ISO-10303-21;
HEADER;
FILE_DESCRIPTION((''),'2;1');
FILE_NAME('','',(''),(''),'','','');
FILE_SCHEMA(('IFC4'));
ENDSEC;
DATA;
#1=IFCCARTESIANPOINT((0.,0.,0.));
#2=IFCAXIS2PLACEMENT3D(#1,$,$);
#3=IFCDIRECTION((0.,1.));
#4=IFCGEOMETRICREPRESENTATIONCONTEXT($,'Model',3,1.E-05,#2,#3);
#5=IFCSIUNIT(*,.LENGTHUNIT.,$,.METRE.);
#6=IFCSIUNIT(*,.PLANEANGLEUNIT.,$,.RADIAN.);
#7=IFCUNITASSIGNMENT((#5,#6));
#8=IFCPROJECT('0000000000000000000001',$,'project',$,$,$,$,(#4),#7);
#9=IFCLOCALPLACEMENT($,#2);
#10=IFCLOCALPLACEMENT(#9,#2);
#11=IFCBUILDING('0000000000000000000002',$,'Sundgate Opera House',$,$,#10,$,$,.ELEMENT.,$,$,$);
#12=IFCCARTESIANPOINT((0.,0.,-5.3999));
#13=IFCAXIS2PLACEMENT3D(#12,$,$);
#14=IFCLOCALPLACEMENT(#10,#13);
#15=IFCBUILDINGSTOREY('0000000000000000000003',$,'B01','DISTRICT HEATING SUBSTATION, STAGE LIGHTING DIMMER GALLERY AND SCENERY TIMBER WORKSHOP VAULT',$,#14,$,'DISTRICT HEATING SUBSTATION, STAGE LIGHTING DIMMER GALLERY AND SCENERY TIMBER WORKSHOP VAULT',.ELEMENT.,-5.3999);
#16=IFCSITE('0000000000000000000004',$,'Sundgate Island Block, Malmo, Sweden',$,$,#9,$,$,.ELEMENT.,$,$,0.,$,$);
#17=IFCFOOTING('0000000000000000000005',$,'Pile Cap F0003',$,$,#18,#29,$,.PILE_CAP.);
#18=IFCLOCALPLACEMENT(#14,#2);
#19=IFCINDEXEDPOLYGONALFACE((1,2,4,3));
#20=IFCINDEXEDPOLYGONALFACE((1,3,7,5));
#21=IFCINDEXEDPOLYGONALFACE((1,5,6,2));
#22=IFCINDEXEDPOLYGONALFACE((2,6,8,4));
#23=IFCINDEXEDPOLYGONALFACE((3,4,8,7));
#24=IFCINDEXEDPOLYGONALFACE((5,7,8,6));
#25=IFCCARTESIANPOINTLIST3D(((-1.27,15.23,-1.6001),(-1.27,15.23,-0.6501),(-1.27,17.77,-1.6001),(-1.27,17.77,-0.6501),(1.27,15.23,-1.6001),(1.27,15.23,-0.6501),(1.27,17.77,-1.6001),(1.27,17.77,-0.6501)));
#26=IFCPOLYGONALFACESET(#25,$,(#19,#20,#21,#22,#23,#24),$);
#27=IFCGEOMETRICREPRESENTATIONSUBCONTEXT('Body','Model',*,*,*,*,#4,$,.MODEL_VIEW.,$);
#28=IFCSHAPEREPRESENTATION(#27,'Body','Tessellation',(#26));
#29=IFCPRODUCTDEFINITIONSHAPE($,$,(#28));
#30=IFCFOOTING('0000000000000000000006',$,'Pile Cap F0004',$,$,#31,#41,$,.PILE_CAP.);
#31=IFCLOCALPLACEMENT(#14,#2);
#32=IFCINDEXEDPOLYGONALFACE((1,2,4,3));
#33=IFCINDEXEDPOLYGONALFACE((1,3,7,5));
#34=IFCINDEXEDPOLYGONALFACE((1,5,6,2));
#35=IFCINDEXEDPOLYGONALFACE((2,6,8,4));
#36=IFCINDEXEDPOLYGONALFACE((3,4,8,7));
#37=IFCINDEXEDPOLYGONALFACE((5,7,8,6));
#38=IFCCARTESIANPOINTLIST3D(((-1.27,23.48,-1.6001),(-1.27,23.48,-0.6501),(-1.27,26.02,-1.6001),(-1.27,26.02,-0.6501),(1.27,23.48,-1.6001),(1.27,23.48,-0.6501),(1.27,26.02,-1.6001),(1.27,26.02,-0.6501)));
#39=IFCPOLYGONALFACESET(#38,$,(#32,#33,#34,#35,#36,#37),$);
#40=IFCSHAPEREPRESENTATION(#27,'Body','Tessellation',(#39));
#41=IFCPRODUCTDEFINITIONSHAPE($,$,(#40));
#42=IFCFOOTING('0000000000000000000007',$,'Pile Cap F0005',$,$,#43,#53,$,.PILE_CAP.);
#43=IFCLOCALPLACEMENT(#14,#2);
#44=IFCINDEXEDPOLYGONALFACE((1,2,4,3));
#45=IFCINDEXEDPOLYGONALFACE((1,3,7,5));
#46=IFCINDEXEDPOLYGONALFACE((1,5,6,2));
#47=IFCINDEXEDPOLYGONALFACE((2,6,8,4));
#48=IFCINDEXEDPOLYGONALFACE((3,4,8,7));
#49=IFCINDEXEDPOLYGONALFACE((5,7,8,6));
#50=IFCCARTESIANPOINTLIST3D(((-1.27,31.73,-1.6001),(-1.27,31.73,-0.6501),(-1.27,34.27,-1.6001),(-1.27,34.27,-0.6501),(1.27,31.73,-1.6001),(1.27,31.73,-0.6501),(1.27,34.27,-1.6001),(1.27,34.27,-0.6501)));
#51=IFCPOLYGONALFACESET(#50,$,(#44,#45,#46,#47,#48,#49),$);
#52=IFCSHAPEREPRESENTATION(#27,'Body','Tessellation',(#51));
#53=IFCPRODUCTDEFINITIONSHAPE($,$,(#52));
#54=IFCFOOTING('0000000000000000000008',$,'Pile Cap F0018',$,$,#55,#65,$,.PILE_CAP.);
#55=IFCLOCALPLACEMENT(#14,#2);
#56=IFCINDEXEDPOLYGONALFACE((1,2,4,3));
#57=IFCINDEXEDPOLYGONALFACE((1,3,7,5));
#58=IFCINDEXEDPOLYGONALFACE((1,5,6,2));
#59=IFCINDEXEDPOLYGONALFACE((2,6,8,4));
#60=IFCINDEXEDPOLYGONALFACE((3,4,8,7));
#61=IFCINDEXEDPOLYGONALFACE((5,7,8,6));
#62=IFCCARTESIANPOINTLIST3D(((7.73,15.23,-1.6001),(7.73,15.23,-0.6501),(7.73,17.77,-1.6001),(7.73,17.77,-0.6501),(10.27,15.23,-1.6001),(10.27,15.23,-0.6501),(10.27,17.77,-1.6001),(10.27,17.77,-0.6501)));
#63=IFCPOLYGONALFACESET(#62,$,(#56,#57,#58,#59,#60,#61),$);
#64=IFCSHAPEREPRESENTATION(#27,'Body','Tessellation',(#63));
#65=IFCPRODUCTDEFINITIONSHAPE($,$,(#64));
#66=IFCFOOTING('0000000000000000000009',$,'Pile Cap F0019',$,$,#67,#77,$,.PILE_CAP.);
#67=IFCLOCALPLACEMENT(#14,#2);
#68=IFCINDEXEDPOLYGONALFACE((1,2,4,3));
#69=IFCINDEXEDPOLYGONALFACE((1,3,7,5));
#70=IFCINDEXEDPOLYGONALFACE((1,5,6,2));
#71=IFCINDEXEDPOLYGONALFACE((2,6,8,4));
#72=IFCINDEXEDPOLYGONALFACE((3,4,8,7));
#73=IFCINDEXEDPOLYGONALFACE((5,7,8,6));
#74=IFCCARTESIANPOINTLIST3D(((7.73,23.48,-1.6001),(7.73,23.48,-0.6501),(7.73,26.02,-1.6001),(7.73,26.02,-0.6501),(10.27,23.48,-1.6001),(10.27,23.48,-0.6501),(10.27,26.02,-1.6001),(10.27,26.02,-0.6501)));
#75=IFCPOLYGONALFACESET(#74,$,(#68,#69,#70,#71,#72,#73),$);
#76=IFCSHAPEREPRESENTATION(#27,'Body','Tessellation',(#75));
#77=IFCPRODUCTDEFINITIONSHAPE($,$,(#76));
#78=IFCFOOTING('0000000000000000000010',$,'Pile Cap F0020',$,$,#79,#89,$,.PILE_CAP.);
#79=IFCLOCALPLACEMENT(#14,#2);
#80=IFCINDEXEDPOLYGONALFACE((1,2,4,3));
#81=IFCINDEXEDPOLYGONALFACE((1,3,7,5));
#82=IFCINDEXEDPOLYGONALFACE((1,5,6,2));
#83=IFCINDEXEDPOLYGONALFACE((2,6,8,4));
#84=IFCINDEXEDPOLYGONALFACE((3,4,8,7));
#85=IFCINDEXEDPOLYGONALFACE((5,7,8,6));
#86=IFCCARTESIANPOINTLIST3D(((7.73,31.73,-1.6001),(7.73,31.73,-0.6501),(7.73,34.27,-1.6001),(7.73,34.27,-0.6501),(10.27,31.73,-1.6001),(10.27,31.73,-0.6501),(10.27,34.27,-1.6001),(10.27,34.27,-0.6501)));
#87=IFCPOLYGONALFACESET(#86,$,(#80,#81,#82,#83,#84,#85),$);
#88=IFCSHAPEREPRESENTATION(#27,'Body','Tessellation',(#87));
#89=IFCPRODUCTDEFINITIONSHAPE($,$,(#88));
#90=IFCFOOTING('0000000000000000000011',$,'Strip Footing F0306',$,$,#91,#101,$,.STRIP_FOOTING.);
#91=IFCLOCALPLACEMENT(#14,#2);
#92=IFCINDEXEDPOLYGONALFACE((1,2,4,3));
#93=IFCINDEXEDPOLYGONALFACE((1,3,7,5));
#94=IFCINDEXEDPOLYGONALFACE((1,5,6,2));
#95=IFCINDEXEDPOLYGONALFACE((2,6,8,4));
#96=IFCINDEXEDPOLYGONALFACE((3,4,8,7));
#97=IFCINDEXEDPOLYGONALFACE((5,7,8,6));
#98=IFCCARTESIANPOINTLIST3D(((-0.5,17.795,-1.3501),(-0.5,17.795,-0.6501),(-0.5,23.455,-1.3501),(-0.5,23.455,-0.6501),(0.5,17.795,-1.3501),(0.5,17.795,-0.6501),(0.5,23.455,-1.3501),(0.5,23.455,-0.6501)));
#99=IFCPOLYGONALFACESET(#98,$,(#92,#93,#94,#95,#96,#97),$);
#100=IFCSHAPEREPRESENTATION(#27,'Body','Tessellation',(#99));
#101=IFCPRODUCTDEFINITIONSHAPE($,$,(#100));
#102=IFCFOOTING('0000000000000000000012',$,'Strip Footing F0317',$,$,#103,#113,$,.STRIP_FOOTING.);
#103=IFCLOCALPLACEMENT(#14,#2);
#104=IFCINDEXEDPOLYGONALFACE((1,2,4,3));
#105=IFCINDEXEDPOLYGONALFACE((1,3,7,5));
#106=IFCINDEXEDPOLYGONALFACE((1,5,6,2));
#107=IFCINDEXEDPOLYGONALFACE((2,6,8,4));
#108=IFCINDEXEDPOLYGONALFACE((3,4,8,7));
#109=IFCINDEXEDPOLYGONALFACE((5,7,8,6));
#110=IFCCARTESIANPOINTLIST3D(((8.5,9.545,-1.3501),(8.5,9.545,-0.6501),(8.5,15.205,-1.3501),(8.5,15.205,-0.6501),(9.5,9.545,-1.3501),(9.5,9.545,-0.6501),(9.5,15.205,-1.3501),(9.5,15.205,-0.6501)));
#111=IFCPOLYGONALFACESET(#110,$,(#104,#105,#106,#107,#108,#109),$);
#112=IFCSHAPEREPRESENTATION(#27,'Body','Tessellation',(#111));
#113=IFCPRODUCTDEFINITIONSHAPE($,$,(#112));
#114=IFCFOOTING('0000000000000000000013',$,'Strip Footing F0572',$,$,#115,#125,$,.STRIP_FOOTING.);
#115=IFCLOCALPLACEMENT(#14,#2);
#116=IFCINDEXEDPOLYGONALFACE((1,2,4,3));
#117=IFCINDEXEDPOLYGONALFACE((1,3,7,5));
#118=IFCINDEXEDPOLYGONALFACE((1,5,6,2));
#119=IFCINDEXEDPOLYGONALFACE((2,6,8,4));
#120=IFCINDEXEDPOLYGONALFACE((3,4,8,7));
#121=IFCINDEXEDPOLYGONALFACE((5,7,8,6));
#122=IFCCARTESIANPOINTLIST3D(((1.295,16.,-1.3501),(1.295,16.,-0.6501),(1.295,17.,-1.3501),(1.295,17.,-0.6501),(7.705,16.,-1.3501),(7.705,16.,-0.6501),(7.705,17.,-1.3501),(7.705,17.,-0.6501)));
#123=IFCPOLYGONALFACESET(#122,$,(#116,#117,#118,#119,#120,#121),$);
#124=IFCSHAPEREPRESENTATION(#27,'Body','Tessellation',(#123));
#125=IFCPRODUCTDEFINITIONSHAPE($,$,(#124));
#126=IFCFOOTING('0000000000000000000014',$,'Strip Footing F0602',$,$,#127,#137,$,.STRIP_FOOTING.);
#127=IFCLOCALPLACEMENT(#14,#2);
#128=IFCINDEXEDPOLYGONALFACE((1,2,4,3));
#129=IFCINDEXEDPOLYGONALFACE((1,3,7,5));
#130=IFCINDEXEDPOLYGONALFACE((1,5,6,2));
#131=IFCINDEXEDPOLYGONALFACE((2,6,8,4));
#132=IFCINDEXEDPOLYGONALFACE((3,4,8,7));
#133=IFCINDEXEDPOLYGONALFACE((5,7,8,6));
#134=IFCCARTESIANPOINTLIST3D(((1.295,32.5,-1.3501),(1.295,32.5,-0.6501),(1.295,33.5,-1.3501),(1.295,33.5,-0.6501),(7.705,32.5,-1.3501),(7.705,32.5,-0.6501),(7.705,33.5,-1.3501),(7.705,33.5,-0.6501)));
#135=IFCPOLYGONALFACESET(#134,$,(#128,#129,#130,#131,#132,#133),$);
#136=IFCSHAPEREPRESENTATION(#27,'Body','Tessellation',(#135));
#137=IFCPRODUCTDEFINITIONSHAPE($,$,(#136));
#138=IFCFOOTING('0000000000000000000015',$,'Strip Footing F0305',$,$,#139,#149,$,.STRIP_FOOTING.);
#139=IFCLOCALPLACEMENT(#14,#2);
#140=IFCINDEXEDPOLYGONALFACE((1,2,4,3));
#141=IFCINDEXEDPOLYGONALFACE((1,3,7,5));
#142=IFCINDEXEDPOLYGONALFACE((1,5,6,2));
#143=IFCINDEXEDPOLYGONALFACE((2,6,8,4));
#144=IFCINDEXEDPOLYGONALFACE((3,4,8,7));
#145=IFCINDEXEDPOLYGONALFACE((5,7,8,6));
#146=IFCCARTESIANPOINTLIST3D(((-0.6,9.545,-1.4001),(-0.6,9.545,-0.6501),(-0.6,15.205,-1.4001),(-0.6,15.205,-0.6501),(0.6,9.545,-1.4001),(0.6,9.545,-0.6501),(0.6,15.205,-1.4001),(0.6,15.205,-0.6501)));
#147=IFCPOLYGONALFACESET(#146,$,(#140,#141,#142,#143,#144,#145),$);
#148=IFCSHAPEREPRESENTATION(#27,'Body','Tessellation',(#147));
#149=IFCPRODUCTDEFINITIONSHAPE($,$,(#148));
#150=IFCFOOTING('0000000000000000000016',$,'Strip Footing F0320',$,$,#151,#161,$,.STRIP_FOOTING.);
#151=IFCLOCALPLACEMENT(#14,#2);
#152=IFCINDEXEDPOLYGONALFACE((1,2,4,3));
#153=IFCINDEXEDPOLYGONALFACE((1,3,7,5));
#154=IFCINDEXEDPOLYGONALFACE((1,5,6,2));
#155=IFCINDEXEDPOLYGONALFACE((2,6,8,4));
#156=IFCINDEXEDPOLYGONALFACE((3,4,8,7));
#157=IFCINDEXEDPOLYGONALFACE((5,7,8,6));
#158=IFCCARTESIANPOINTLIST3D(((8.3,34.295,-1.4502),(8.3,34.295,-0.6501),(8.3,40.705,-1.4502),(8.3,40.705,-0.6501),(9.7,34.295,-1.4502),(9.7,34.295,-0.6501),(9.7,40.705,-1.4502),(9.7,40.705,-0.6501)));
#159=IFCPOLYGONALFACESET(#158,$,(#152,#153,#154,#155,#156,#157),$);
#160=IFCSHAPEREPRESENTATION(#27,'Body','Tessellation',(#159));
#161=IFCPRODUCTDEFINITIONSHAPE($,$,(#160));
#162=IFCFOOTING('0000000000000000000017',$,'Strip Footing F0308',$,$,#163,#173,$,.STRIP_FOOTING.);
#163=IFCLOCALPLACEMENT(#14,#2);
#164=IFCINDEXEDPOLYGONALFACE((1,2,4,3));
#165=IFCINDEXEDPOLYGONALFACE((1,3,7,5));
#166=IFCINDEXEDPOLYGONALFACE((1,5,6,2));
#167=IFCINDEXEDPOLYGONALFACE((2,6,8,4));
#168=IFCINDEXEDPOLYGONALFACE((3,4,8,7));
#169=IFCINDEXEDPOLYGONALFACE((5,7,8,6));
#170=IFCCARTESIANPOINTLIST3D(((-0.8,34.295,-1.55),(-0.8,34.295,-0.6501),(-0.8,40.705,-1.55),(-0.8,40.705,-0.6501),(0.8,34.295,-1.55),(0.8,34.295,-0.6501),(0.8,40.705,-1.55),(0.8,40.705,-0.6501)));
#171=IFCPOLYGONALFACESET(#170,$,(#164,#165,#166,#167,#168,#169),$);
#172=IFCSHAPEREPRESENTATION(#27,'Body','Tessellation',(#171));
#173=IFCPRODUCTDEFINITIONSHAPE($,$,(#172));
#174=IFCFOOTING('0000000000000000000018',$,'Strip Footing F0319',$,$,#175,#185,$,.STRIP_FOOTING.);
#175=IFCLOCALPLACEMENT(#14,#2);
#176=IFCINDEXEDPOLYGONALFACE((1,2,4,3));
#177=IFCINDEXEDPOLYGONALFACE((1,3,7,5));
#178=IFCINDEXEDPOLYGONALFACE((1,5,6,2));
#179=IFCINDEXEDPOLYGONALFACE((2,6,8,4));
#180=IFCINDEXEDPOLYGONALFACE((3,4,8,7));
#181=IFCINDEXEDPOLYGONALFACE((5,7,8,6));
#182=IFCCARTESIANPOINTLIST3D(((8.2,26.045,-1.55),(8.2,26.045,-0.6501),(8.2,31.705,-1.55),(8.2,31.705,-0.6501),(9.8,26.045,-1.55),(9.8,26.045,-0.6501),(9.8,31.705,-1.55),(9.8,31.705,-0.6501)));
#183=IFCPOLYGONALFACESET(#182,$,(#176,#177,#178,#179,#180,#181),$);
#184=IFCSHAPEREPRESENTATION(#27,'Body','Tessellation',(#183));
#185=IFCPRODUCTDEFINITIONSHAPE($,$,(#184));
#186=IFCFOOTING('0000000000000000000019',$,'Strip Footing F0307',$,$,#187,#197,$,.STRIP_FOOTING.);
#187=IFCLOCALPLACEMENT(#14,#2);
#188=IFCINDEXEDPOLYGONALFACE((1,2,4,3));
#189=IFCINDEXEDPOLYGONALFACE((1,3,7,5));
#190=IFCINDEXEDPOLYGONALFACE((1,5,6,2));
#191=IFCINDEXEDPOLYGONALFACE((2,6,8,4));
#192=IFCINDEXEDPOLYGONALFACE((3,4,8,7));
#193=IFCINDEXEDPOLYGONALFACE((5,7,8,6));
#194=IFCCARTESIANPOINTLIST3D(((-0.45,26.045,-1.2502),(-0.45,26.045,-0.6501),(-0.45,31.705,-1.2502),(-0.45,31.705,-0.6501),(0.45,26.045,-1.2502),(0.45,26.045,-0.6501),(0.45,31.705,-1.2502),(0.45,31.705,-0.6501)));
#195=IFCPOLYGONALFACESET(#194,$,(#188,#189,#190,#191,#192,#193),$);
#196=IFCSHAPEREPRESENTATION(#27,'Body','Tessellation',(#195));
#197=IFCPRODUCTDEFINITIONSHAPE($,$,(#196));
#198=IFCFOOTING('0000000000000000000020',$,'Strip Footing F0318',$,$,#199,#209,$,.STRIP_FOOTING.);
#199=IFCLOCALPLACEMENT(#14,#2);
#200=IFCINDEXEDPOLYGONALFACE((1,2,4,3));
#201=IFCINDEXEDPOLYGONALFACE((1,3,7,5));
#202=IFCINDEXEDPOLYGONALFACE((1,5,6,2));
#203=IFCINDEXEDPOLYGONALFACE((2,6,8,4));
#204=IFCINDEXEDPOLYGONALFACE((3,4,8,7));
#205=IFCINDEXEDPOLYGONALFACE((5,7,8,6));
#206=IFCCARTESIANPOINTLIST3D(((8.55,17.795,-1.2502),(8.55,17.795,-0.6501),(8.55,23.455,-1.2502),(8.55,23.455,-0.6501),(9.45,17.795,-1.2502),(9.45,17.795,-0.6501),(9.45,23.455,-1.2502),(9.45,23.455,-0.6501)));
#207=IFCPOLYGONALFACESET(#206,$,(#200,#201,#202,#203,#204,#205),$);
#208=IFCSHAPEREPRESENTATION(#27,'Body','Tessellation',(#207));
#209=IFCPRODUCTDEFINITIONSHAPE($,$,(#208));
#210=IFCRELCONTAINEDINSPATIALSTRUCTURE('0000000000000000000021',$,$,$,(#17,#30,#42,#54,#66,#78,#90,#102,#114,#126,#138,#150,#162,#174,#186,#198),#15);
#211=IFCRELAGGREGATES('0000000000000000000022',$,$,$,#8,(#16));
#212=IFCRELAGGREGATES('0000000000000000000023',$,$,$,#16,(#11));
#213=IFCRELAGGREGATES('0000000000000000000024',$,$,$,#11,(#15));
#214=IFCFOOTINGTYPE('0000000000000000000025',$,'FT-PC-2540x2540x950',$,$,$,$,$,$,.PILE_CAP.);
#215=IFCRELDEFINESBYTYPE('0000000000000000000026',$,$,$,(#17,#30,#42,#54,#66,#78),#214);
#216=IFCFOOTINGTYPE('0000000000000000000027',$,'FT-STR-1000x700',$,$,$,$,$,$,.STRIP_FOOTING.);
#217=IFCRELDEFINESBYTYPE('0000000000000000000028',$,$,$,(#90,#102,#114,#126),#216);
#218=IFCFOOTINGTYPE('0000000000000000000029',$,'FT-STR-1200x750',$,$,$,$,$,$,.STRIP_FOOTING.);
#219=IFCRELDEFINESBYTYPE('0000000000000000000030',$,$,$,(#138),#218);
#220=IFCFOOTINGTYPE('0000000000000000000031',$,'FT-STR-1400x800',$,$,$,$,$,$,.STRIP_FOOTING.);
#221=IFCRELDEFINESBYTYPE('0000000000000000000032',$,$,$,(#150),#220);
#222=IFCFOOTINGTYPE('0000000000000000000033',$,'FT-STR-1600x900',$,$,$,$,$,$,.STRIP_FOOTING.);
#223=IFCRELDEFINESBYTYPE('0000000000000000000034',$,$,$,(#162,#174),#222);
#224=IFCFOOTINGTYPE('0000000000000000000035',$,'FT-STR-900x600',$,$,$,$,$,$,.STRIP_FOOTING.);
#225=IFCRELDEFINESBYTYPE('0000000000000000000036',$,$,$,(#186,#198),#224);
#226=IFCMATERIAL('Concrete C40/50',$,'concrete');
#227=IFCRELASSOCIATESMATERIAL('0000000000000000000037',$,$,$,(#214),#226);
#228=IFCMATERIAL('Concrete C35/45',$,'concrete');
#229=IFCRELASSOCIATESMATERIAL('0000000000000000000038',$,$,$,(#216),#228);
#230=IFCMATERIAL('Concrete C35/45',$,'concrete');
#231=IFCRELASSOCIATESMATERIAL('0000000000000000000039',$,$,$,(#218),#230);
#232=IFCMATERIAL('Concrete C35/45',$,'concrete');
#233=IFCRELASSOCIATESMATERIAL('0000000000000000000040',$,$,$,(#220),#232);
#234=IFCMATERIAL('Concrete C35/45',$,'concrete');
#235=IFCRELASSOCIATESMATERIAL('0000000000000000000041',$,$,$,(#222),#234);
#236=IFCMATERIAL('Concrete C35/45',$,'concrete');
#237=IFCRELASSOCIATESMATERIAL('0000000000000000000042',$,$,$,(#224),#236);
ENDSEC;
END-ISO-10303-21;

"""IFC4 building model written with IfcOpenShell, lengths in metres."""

from ifc_helpers import new_model, si_unit, direction, frame, origin, origin_2d, place, context, subcontext, project, spatial, rectangle, extrude, material, type_object, element, save


model = new_model("IFC4")

# Units and contexts
model_context = context("Model", 3, precision=1e-05, world=origin(), true_north=direction((0.0, 1.0)))
body_context = subcontext(model_context, "Body", "Model", "MODEL_VIEW")
ifc_project = project(units=[si_unit("LENGTHUNIT", "METRE"), si_unit("PLANEANGLEUNIT", "RADIAN")], contexts=[model_context])

# Site, building, storey
site_placement = place(None, origin())
site = spatial("IfcSite", under=ifc_project, at=site_placement, Name="Sundgate Island Block, Malmo, Sweden", CompositionType="ELEMENT", RefElevation=0.0)
building_placement = place(site_placement, origin())
building = spatial("IfcBuilding", under=site, at=building_placement, Name="Sundgate Opera House", CompositionType="ELEMENT")
storey_placement = place(building_placement, frame((0.0, 0.0, -5.3999)))
storey = spatial("IfcBuildingStorey", under=building, at=storey_placement, Name="B01", Description="DISTRICT HEATING SUBSTATION, STAGE LIGHTING DIMMER GALLERY AND SCENERY TIMBER WORKSHOP VAULT", LongName="DISTRICT HEATING SUBSTATION, STAGE LIGHTING DIMMER GALLERY AND SCENERY TIMBER WORKSHOP VAULT", CompositionType="ELEMENT", Elevation=-5.3999)

# Footings
ifc_material_1 = material(Name="Concrete C40/50", Category="concrete")
footing_type_1 = type_object("IfcFootingType", Name="FT-PC-2540x2540x950", PredefinedType="PILE_CAP", material=ifc_material_1)
for number, where, z_axis, x_axis, name in (
    (1, (0.0, 16.5, -1.6001), (0.0, 0.0, 1.0), (1.0, 0.0, 0.0), "Pile Cap F0003"),
    (2, (0.0, 24.75, -1.6001), (0.0, 0.0, 1.0), (1.0, 0.0, 0.0), "Pile Cap F0004"),
    (3, (0.0, 33.0, -1.6001), (0.0, 0.0, 1.0), (1.0, 0.0, 0.0), "Pile Cap F0005"),
    (4, (9.0, 16.5, -1.6001), (0.0, 0.0, 1.0), (1.0, 0.0, 0.0), "Pile Cap F0018"),
    (5, (9.0, 24.75, -1.6001), (0.0, 0.0, 1.0), (1.0, 0.0, 0.0), "Pile Cap F0019"),
    (6, (9.0, 33.0, -1.6001), (0.0, 0.0, 1.0), (1.0, 0.0, 0.0), "Pile Cap F0020"),
):
    element("IfcFooting", number, at=place(storey_placement, frame(where, z_axis=z_axis, x_axis=x_axis)), inside=storey, type_object=footing_type_1, Name=name, PredefinedType="PILE_CAP", context=body_context, shape_type="SweptSolid", body=[
        extrude(rectangle(XDim=2.54, YDim=2.54, at=origin_2d()), origin(), (0.0, 0.0, 1.0), 0.95),
    ])
ifc_material_2 = material(Name="Concrete C35/45", Category="concrete")
footing_type_2 = type_object("IfcFootingType", Name="FT-STR-1000x700", PredefinedType="STRIP_FOOTING", material=ifc_material_2)
for number, where, z_axis, x_axis, name in (
    (7, (0.0, 20.625, -1.3501), (0.0, 0.0, 1.0), (1.0, 0.0, 0.0), "Strip Footing F0306"),
    (8, (9.0, 12.375, -1.3501), (0.0, 0.0, 1.0), (1.0, 0.0, 0.0), "Strip Footing F0317"),
):
    element("IfcFooting", number, at=place(storey_placement, frame(where, z_axis=z_axis, x_axis=x_axis)), inside=storey, type_object=footing_type_2, Name=name, PredefinedType="STRIP_FOOTING", context=body_context, shape_type="SweptSolid", body=[
        extrude(rectangle(XDim=1.0, YDim=5.6599, at=origin_2d()), origin(), (0.0, 0.0, 1.0), 0.7),
    ])
for number, where, z_axis, x_axis, name in (
    (9, (4.5, 16.5, -1.3501), (0.0, 0.0, 1.0), (1.0, 0.0, 0.0), "Strip Footing F0572"),
    (10, (4.5, 33.0, -1.3501), (0.0, 0.0, 1.0), (1.0, 0.0, 0.0), "Strip Footing F0602"),
):
    element("IfcFooting", number, at=place(storey_placement, frame(where, z_axis=z_axis, x_axis=x_axis)), inside=storey, type_object=footing_type_2, Name=name, PredefinedType="STRIP_FOOTING", context=body_context, shape_type="SweptSolid", body=[
        extrude(rectangle(XDim=6.4099, YDim=1.0, at=origin_2d()), origin(), (0.0, 0.0, 1.0), 0.7),
    ])
ifc_material_3 = material(Name="Concrete C35/45", Category="concrete")
footing_type_3 = type_object("IfcFootingType", Name="FT-STR-1200x750", PredefinedType="STRIP_FOOTING", material=ifc_material_3)
footing_1_placement = place(storey_placement, frame((0.0, 12.375, -1.4001), z_axis=(0.0, 0.0, 1.0), x_axis=(1.0, 0.0, 0.0)))
element("IfcFooting", 11, at=footing_1_placement, inside=storey, type_object=footing_type_3, Name="Strip Footing F0305", PredefinedType="STRIP_FOOTING", context=body_context, shape_type="SweptSolid", body=[
    extrude(rectangle(XDim=1.2, YDim=5.6599, at=origin_2d()), origin(), (0.0, 0.0, 1.0), 0.75),
])
ifc_material_4 = material(Name="Concrete C35/45", Category="concrete")
footing_type_4 = type_object("IfcFootingType", Name="FT-STR-1400x800", PredefinedType="STRIP_FOOTING", material=ifc_material_4)
footing_2_placement = place(storey_placement, frame((9.0, 37.5, -1.4502), z_axis=(0.0, 0.0, 1.0), x_axis=(1.0, 0.0, 0.0)))
element("IfcFooting", 12, at=footing_2_placement, inside=storey, type_object=footing_type_4, Name="Strip Footing F0320", PredefinedType="STRIP_FOOTING", context=body_context, shape_type="SweptSolid", body=[
    extrude(rectangle(XDim=1.3999, YDim=6.4099, at=origin_2d()), origin(), (0.0, 0.0, 1.0), 0.8),
])
ifc_material_5 = material(Name="Concrete C35/45", Category="concrete")
footing_type_5 = type_object("IfcFootingType", Name="FT-STR-1600x900", PredefinedType="STRIP_FOOTING", material=ifc_material_5)
footing_3_placement = place(storey_placement, frame((0.0, 37.5, -1.55), z_axis=(0.0, 0.0, 1.0), x_axis=(1.0, 0.0, 0.0)))
element("IfcFooting", 13, at=footing_3_placement, inside=storey, type_object=footing_type_5, Name="Strip Footing F0308", PredefinedType="STRIP_FOOTING", context=body_context, shape_type="SweptSolid", body=[
    extrude(rectangle(XDim=1.6001, YDim=6.4099, at=origin_2d()), origin(), (0.0, 0.0, 1.0), 0.8999),
])
footing_4_placement = place(storey_placement, frame((9.0, 28.875, -1.55), z_axis=(0.0, 0.0, 1.0), x_axis=(1.0, 0.0, 0.0)))
element("IfcFooting", 14, at=footing_4_placement, inside=storey, type_object=footing_type_5, Name="Strip Footing F0319", PredefinedType="STRIP_FOOTING", context=body_context, shape_type="SweptSolid", body=[
    extrude(rectangle(XDim=1.6001, YDim=5.6599, at=origin_2d()), origin(), (0.0, 0.0, 1.0), 0.8999),
])
ifc_material_6 = material(Name="Concrete C35/45", Category="concrete")
footing_type_6 = type_object("IfcFootingType", Name="FT-STR-900x600", PredefinedType="STRIP_FOOTING", material=ifc_material_6)
for number, where, z_axis, x_axis, name in (
    (15, (0.0, 28.875, -1.2502), (0.0, 0.0, 1.0), (1.0, 0.0, 0.0), "Strip Footing F0307"),
    (16, (9.0, 20.625, -1.2502), (0.0, 0.0, 1.0), (1.0, 0.0, 0.0), "Strip Footing F0318"),
):
    element("IfcFooting", number, at=place(storey_placement, frame(where, z_axis=z_axis, x_axis=x_axis)), inside=storey, type_object=footing_type_6, Name=name, PredefinedType="STRIP_FOOTING", context=body_context, shape_type="SweptSolid", body=[
        extrude(rectangle(XDim=0.8999, YDim=5.6599, at=origin_2d()), origin(), (0.0, 0.0, 1.0), 0.6001),
    ])

save(model, "model.ifc")
